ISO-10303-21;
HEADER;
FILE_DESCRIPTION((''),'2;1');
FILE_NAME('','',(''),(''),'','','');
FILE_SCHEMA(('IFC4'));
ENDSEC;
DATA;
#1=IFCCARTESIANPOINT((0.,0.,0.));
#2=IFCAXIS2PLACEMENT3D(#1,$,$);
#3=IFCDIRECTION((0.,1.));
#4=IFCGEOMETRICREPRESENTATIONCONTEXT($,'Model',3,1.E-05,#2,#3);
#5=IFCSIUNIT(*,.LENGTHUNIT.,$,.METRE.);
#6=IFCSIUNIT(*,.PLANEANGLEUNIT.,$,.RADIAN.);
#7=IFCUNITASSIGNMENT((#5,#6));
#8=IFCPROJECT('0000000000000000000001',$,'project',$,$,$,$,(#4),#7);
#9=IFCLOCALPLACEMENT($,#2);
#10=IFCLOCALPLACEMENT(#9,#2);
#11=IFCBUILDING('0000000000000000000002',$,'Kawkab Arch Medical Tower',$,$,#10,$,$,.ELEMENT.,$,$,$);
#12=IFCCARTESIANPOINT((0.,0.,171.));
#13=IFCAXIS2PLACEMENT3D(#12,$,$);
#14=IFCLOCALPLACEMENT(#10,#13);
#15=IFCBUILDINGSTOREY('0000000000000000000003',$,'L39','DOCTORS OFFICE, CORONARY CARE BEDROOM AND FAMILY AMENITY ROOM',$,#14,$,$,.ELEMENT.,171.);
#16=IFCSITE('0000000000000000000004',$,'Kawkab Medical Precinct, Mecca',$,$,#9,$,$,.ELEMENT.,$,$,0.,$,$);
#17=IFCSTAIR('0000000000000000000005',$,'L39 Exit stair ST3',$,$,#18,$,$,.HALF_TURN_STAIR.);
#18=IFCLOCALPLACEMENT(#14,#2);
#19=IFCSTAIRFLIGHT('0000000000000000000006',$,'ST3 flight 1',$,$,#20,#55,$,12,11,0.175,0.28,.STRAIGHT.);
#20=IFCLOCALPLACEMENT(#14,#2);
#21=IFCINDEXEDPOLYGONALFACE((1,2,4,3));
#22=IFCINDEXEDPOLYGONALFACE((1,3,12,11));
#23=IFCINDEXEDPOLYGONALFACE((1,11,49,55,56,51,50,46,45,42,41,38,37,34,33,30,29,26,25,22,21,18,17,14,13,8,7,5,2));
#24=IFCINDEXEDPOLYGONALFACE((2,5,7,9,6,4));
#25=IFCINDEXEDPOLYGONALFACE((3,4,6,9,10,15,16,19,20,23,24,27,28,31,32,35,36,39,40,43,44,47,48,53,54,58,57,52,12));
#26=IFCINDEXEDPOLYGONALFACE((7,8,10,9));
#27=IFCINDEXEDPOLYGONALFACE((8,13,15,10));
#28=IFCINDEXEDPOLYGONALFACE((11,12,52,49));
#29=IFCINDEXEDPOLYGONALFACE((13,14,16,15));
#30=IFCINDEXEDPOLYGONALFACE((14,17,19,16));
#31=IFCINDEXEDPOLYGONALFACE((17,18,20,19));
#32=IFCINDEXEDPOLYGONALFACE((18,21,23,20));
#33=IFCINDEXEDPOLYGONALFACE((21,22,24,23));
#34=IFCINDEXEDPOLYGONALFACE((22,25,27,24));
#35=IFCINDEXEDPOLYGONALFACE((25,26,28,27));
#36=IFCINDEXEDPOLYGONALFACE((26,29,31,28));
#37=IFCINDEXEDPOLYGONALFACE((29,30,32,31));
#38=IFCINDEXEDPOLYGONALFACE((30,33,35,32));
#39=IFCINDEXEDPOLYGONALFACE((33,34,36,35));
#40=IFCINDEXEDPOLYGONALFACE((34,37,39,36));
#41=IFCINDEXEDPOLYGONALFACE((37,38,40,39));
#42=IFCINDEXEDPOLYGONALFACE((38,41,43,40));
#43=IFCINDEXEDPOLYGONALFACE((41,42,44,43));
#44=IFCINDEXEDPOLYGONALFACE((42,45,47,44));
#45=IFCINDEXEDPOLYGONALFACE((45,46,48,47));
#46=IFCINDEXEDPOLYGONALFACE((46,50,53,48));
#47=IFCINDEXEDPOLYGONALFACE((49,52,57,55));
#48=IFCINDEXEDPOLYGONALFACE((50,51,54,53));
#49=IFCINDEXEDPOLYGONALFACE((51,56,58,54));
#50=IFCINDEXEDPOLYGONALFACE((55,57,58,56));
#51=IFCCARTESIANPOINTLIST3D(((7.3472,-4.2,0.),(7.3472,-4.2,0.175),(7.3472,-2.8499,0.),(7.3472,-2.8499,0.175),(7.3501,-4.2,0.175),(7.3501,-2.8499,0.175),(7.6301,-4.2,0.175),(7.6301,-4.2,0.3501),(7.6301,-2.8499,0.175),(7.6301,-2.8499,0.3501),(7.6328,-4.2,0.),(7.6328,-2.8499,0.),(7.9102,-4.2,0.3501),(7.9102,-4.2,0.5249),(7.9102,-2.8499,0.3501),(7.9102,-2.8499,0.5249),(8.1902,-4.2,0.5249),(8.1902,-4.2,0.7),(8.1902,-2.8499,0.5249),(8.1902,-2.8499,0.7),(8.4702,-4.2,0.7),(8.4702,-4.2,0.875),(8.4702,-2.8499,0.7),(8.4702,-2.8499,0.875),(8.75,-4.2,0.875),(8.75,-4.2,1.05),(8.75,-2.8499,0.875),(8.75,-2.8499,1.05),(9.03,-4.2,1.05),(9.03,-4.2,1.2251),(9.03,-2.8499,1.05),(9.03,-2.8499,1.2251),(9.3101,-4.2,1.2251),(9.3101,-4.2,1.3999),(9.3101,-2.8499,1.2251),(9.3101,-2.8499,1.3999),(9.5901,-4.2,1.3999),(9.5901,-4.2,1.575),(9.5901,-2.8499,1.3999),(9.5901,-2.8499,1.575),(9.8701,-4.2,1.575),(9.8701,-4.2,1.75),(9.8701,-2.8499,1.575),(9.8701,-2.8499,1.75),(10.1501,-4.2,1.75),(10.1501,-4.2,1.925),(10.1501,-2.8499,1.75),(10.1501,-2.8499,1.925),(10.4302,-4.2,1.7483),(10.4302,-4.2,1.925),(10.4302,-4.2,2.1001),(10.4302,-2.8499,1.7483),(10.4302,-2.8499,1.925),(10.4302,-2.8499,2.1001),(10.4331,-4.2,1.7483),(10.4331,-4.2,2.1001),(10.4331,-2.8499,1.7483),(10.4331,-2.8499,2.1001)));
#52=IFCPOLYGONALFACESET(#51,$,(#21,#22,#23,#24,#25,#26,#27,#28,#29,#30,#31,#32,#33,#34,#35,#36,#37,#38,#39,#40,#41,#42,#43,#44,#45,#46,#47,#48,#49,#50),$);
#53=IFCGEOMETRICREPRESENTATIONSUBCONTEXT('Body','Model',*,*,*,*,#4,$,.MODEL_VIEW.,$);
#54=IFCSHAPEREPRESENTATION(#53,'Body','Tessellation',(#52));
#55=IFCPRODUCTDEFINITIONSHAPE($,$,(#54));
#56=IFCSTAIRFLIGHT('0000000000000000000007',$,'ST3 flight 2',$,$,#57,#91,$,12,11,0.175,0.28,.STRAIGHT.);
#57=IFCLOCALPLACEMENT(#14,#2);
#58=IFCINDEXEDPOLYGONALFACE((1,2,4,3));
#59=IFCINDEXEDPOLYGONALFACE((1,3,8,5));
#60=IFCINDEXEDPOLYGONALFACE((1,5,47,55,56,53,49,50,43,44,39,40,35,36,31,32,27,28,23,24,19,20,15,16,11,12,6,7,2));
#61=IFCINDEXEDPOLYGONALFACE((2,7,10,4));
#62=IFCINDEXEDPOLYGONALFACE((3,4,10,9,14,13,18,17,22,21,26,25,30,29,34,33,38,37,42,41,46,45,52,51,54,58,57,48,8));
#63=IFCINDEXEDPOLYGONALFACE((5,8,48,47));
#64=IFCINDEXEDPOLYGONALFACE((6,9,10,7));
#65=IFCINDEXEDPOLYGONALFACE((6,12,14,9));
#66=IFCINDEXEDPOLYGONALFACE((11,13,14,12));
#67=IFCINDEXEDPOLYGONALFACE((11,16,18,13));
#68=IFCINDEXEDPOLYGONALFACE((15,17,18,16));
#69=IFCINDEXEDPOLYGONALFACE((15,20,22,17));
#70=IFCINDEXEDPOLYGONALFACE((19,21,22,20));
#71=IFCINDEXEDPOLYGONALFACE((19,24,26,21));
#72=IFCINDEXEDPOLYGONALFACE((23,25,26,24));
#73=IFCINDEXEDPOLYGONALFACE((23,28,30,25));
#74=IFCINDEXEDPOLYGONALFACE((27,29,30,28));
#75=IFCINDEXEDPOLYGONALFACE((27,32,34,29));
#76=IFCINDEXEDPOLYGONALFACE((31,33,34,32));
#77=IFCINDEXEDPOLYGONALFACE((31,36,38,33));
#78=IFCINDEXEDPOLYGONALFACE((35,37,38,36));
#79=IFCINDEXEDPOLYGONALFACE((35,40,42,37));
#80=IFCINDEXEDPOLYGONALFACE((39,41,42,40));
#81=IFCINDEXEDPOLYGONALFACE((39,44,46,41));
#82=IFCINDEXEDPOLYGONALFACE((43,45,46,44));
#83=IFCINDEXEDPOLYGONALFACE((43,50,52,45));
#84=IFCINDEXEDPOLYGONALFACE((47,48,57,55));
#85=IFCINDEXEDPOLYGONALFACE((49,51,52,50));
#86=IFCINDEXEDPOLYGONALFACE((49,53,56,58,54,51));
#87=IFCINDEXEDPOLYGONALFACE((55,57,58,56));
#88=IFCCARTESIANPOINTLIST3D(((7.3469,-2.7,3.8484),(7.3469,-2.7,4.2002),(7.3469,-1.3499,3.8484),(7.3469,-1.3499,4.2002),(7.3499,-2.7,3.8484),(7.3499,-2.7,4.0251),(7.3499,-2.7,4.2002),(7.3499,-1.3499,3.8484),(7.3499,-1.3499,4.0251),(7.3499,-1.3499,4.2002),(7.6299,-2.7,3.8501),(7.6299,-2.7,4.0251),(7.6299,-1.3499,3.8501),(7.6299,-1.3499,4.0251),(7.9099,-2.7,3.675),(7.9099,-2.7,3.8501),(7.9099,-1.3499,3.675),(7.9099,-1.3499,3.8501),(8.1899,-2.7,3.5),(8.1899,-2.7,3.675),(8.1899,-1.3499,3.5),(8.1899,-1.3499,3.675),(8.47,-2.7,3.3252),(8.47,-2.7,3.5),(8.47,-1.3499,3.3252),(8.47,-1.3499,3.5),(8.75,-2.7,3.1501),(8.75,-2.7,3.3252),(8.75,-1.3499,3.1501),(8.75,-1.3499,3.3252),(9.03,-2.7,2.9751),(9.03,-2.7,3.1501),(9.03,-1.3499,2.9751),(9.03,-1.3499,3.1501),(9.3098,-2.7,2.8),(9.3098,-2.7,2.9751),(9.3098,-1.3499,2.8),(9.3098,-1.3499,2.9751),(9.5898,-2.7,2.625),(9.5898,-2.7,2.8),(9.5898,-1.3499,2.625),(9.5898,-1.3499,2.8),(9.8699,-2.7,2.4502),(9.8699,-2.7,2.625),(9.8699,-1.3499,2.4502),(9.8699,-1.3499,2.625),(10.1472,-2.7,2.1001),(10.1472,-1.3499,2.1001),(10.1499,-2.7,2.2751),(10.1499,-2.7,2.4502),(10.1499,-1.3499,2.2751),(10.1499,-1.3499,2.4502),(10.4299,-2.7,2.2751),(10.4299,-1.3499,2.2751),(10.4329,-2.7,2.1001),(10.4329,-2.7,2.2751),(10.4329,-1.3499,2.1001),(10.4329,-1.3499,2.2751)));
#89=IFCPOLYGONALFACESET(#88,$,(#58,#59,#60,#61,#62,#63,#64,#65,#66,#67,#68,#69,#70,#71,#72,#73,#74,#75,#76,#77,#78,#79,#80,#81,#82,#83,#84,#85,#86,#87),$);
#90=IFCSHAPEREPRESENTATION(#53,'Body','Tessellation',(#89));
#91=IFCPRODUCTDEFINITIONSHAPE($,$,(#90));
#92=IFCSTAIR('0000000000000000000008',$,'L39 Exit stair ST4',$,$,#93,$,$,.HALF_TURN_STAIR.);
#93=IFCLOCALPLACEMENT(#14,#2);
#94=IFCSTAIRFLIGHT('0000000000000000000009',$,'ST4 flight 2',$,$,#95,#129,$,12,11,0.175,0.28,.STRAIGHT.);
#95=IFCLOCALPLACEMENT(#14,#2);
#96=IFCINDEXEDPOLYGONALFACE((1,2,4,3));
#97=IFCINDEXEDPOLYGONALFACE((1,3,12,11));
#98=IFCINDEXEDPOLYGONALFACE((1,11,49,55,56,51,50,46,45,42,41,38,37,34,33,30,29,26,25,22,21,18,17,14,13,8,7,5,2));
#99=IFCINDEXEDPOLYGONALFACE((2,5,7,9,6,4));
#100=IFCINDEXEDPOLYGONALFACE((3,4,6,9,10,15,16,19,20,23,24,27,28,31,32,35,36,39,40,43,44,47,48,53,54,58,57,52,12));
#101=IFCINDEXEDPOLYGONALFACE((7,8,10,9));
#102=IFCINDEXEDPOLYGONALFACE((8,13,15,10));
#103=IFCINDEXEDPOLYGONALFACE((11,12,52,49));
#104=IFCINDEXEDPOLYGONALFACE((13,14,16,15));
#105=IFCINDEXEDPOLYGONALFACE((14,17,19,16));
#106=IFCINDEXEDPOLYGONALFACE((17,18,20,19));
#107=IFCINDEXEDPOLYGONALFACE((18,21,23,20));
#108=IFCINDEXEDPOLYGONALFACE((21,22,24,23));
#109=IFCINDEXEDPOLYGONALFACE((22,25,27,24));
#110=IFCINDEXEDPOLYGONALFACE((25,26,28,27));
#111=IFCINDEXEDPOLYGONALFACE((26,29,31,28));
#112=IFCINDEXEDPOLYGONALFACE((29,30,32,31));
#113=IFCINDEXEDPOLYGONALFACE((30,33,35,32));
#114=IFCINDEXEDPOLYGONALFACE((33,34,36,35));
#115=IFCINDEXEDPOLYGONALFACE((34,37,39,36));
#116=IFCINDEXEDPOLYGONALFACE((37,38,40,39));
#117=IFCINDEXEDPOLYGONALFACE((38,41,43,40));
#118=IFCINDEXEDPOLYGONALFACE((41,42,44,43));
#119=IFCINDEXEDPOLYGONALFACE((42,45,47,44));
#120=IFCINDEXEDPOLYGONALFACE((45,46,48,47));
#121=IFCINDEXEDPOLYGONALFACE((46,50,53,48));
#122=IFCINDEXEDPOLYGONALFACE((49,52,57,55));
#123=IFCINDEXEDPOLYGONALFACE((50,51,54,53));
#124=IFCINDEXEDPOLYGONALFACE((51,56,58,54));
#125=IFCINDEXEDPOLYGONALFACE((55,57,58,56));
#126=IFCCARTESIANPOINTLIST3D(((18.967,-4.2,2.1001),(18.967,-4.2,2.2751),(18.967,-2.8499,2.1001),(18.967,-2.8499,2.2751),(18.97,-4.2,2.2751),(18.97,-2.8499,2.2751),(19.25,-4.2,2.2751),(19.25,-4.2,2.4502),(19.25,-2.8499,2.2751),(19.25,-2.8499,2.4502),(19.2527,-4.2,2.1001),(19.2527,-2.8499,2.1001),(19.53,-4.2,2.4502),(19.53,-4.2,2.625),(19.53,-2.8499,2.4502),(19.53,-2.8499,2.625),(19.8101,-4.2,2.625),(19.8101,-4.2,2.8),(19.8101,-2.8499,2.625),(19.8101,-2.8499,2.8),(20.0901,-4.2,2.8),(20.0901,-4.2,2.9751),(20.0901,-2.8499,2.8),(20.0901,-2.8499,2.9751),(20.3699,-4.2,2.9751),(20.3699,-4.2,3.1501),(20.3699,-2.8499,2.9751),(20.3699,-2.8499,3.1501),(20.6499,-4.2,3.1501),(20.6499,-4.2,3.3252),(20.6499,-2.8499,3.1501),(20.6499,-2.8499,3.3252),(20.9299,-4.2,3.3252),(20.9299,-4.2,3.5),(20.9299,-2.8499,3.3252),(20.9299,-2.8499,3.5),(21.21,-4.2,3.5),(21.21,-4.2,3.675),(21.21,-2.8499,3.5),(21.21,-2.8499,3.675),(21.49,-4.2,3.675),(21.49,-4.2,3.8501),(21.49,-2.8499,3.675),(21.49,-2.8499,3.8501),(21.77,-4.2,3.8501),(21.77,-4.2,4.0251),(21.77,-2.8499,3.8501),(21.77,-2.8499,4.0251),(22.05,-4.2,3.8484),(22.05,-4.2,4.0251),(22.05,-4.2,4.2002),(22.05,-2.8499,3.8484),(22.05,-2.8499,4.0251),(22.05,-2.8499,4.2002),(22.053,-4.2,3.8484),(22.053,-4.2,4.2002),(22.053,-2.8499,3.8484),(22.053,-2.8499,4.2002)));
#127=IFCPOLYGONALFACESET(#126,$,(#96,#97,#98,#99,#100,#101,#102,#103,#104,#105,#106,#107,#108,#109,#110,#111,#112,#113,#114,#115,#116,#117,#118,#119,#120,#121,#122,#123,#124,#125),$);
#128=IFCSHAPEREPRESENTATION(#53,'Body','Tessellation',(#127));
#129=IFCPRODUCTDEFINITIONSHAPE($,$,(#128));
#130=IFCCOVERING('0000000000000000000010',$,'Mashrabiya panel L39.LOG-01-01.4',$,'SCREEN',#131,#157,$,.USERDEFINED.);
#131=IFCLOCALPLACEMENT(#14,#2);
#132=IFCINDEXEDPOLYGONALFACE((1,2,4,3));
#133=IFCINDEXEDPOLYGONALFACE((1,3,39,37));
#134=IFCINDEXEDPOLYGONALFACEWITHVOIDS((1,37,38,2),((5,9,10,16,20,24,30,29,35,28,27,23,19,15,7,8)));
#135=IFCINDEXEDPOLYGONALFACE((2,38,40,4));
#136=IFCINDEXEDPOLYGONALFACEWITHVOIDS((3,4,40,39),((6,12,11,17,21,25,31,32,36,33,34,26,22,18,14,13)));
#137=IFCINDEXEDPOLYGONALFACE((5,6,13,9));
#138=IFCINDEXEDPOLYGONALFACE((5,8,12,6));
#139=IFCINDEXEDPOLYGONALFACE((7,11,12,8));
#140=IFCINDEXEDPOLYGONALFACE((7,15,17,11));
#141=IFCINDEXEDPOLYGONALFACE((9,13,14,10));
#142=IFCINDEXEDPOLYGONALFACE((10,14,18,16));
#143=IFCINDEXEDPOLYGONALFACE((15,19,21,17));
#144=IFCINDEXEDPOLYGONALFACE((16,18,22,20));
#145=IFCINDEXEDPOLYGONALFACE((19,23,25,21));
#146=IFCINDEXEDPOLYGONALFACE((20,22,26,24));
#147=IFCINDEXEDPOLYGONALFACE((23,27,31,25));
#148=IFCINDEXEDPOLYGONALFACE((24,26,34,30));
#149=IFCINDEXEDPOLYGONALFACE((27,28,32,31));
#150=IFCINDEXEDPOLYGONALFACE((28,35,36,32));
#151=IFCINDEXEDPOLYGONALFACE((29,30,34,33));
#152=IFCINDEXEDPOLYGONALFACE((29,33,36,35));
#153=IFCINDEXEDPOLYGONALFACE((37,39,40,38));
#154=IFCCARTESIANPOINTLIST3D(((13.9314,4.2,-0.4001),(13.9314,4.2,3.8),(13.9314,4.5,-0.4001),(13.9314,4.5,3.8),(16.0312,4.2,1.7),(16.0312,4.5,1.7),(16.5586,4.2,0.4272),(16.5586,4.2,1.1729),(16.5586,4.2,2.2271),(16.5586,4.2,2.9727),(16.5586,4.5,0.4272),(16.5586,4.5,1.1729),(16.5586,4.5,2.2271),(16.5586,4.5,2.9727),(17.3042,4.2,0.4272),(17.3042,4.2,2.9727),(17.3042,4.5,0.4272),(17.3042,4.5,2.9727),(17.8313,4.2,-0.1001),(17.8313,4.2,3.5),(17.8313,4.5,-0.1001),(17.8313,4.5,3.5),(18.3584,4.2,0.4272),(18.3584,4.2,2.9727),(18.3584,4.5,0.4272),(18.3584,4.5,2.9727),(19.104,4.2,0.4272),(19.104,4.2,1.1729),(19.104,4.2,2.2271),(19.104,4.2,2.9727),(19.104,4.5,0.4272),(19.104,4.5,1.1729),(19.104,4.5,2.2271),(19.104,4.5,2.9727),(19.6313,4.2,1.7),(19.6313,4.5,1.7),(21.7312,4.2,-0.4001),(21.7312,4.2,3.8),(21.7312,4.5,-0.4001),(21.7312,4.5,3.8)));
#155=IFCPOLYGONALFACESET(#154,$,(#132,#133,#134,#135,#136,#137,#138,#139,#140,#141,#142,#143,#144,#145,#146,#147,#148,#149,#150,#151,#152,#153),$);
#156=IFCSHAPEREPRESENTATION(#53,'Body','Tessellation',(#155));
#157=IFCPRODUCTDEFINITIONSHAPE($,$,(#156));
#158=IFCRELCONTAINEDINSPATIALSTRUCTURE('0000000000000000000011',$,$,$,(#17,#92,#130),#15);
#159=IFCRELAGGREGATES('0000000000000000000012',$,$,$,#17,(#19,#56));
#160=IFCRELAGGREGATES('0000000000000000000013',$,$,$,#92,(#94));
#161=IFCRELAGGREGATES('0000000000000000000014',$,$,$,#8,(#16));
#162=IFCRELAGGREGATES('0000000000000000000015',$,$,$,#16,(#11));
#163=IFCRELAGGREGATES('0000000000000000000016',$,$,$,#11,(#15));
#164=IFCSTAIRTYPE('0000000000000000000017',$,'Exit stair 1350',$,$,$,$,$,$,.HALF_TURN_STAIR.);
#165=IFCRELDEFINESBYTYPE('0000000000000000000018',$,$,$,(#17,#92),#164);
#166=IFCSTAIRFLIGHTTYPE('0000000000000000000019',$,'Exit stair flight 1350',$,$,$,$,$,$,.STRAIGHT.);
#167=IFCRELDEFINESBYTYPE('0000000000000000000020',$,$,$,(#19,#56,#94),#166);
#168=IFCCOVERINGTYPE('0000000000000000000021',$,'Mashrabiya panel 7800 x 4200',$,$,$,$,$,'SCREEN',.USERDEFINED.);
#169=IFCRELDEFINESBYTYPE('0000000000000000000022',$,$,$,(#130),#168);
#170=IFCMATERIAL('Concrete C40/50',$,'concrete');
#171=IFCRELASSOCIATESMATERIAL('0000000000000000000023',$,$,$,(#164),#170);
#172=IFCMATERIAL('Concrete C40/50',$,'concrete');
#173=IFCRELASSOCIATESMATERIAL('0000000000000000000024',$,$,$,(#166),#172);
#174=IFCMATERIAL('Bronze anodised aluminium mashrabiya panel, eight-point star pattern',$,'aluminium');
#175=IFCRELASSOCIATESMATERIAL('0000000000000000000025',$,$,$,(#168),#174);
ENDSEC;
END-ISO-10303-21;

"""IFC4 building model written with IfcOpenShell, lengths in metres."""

from ifc_helpers import new_model, si_unit, direction, frame, origin, place, context, subcontext, project, spatial, polyline, outline, extrude, material, material_profile, profile_set, type_object, element, aggregate, save


model = new_model("IFC4")

# Units and contexts
model_context = context("Model", 3, precision=1e-05, world=origin(), true_north=direction((0.0, 1.0)))
body_context = subcontext(model_context, "Body", "Model", "MODEL_VIEW")
ifc_project = project(units=[si_unit("LENGTHUNIT", "METRE"), si_unit("PLANEANGLEUNIT", "RADIAN")], contexts=[model_context])

# Site, building, storey
site_placement = place(None, origin())
site = spatial("IfcSite", under=ifc_project, at=site_placement, Name="Kawkab Medical Precinct, Mecca", CompositionType="ELEMENT", RefElevation=0.0)
building_placement = place(site_placement, origin())
building = spatial("IfcBuilding", under=site, at=building_placement, Name="Kawkab Arch Medical Tower", CompositionType="ELEMENT")
storey_placement = place(building_placement, frame((0.0, 0.0, 171.0)))
storey = spatial("IfcBuildingStorey", under=building, at=storey_placement, Name="L39", Description="DOCTORS OFFICE, CORONARY CARE BEDROOM AND FAMILY AMENITY ROOM", CompositionType="ELEMENT", Elevation=171.0)

# Shared definitions
placement = place(storey_placement, origin())

# Stair, stair flights
ifc_material_1 = material(Name="Concrete C40/50", Category="concrete")
stair_type = type_object("IfcStairType", Name="Exit stair 1350", PredefinedType="HALF_TURN_STAIR", material=ifc_material_1)
stair_1 = element("IfcStair", 1, at=placement, inside=storey, type_object=stair_type, Name="L39 Exit stair ST3", PredefinedType="HALF_TURN_STAIR")
ifc_material_2 = material(Name="Concrete C40/50", Category="concrete")
stair_flight_type = type_object("IfcStairFlightType", Name="Exit stair flight 1350", PredefinedType="STRAIGHT", material=ifc_material_2)
stair_flight_1_placement = place(storey_placement, frame((7.3501, -3.5249, 0.0), z_axis=(0.0, 0.0, 1.0), x_axis=(1.0, 0.0, 0.0)))
stair_flight_1 = element("IfcStairFlight", 2, at=stair_flight_1_placement, type_object=stair_flight_type, Name="ST3 flight 1", NumberOfRisers=12, NumberOfTreads=11, PredefinedType="STRAIGHT", RiserHeight=0.175, TreadLength=0.28, context=body_context, shape_type="SweptSolid", body=[
    extrude(outline(polyline([(-0.0029, 0.0), (-0.0029, 0.175), (0.0, 0.175), (0.28, 0.175), (0.28, 0.3501), (0.5601, 0.3501), (0.5601, 0.5249), (0.8401, 0.5249), (0.8401, 0.7), (1.1201, 0.7), (1.1201, 0.875), (1.3999, 0.875), (1.3999, 1.05), (1.6799, 1.05), (1.6799, 1.2251), (1.96, 1.2251), (1.96, 1.3999), (2.24, 1.3999), (2.24, 1.575), (2.52, 1.575), (2.52, 1.75), (2.8, 1.75), (2.8, 1.925), (3.0801, 1.925), (3.0801, 2.1001), (3.083, 2.1001), (3.083, 1.7483), (3.0801, 1.7483), (0.2827, 0.0), (-0.0029, 0.0)])), frame((0.0, 0.675, 0.0), z_axis=(0.0, -1.0, 0.0), x_axis=(1.0, 0.0, 0.0)), (0.0, 0.0, 1.0), 1.3501),
])
stair_flight_2_placement = place(storey_placement, frame((10.4299, -2.0249, 2.1001), z_axis=(0.0, 0.0, 1.0), x_axis=(-1.0, 0.0, 0.0)))
stair_flight_2 = element("IfcStairFlight", 3, at=stair_flight_2_placement, type_object=stair_flight_type, Name="ST3 flight 2", NumberOfRisers=12, NumberOfTreads=11, PredefinedType="STRAIGHT", RiserHeight=0.175, TreadLength=0.28, context=body_context, shape_type="SweptSolid", body=[
    extrude(outline(polyline([(-0.0029, 0.0), (-0.0029, 0.175), (0.0, 0.175), (0.28, 0.175), (0.28, 0.3501), (0.5601, 0.3501), (0.5601, 0.5249), (0.8401, 0.5249), (0.8401, 0.7), (1.1201, 0.7), (1.1201, 0.875), (1.3999, 0.875), (1.3999, 1.05), (1.6799, 1.05), (1.6799, 1.2251), (1.96, 1.2251), (1.96, 1.3999), (2.24, 1.3999), (2.24, 1.575), (2.52, 1.575), (2.52, 1.75), (2.8, 1.75), (2.8, 1.925), (3.0801, 1.925), (3.0801, 2.1001), (3.083, 2.1001), (3.083, 1.7483), (3.0801, 1.7483), (0.2827, 0.0), (-0.0029, 0.0)])), frame((0.0, 0.675, 0.0), z_axis=(0.0, -1.0, 0.0), x_axis=(1.0, 0.0, 0.0)), (0.0, 0.0, 1.0), 1.3501),
])
aggregate(stair_1, [stair_flight_1, stair_flight_2])

# Stair, stair flight
stair_2 = element("IfcStair", 4, at=placement, inside=storey, type_object=stair_type, Name="L39 Exit stair ST4", PredefinedType="HALF_TURN_STAIR")
stair_flight_3_placement = place(storey_placement, frame((18.97, -3.5249, 2.1001), z_axis=(0.0, 0.0, 1.0), x_axis=(1.0, 0.0, 0.0)))
stair_flight_3 = element("IfcStairFlight", 5, at=stair_flight_3_placement, type_object=stair_flight_type, Name="ST4 flight 2", NumberOfRisers=12, NumberOfTreads=11, PredefinedType="STRAIGHT", RiserHeight=0.175, TreadLength=0.28, context=body_context, shape_type="SweptSolid", body=[
    extrude(outline(polyline([(-0.0029, 0.0), (-0.0029, 0.175), (0.0, 0.175), (0.28, 0.175), (0.28, 0.3501), (0.5601, 0.3501), (0.5601, 0.5249), (0.8401, 0.5249), (0.8401, 0.7), (1.1201, 0.7), (1.1201, 0.875), (1.3999, 0.875), (1.3999, 1.05), (1.6799, 1.05), (1.6799, 1.2251), (1.96, 1.2251), (1.96, 1.3999), (2.24, 1.3999), (2.24, 1.575), (2.52, 1.575), (2.52, 1.75), (2.8, 1.75), (2.8, 1.925), (3.0801, 1.925), (3.0801, 2.1001), (3.083, 2.1001), (3.083, 1.7483), (3.0801, 1.7483), (0.2827, 0.0), (-0.0029, 0.0)])), frame((0.0, 0.675, 0.0), z_axis=(0.0, -1.0, 0.0), x_axis=(1.0, 0.0, 0.0)), (0.0, 0.0, 1.0), 1.3501),
])
aggregate(stair_2, [stair_flight_3])

# Covering
ifc_material_3 = material(Name="Bronze anodised aluminium mashrabiya panel, eight-point star pattern", Category="aluminium")
ifc_material_profile_1 = material_profile(ifc_material_3, outline(polyline([(-3.8999, -2.1001), (3.8999, -2.1001), (3.8999, 2.1001), (-3.8999, 2.1001), (-3.8999, -2.1001)]), holes=[polyline([(1.8, 0.0), (1.2727, 0.5271), (1.2727, 1.2727), (0.5271, 1.2727), (0.0, 1.8), (-0.5271, 1.2727), (-1.2727, 1.2727), (-1.2727, 0.5271), (-1.8, 0.0), (-1.2727, -0.5271), (-1.2727, -1.2727), (-0.5271, -1.2727), (0.0, -1.8), (0.5271, -1.2727), (1.2727, -1.2727), (1.2727, -0.5271), (1.8, 0.0)])]), Name="Mashrabiya panel 7800x4200")
ifc_profile_set_1 = profile_set([ifc_material_profile_1], Name="Bronze anodised aluminium mashrabiya panel, eight-point star pattern")
covering_type = type_object("IfcCoveringType", Name="Mashrabiya panel 7800 x 4200", ElementType="SCREEN", PredefinedType="USERDEFINED", material=ifc_profile_set_1)
covering_placement = place(storey_placement, frame((17.8313, 4.2, 1.7), z_axis=(0.0, 1.0, 0.0), x_axis=(-1.0, 0.0, 0.0)))
element("IfcCovering", 6, at=covering_placement, inside=storey, type_object=covering_type, Name="Mashrabiya panel L39.LOG-01-01.4", ObjectType="SCREEN", PredefinedType="USERDEFINED", context=body_context, shape_type="SweptSolid", body=[
    extrude(outline(polyline([(-3.8999, -2.1001), (3.8999, -2.1001), (3.8999, 2.1001), (-3.8999, 2.1001), (-3.8999, -2.1001)]), holes=[polyline([(1.8, 0.0), (1.2727, 0.5271), (1.2727, 1.2727), (0.5271, 1.2727), (0.0, 1.8), (-0.5271, 1.2727), (-1.2727, 1.2727), (-1.2727, 0.5271), (-1.8, 0.0), (-1.2727, -0.5271), (-1.2727, -1.2727), (-0.5271, -1.2727), (0.0, -1.8), (0.5271, -1.2727), (1.2727, -1.2727), (1.2727, -0.5271), (1.8, 0.0)])]), origin(), (0.0, 0.0, 1.0), 0.3),
])

save(model, "model.ifc")
